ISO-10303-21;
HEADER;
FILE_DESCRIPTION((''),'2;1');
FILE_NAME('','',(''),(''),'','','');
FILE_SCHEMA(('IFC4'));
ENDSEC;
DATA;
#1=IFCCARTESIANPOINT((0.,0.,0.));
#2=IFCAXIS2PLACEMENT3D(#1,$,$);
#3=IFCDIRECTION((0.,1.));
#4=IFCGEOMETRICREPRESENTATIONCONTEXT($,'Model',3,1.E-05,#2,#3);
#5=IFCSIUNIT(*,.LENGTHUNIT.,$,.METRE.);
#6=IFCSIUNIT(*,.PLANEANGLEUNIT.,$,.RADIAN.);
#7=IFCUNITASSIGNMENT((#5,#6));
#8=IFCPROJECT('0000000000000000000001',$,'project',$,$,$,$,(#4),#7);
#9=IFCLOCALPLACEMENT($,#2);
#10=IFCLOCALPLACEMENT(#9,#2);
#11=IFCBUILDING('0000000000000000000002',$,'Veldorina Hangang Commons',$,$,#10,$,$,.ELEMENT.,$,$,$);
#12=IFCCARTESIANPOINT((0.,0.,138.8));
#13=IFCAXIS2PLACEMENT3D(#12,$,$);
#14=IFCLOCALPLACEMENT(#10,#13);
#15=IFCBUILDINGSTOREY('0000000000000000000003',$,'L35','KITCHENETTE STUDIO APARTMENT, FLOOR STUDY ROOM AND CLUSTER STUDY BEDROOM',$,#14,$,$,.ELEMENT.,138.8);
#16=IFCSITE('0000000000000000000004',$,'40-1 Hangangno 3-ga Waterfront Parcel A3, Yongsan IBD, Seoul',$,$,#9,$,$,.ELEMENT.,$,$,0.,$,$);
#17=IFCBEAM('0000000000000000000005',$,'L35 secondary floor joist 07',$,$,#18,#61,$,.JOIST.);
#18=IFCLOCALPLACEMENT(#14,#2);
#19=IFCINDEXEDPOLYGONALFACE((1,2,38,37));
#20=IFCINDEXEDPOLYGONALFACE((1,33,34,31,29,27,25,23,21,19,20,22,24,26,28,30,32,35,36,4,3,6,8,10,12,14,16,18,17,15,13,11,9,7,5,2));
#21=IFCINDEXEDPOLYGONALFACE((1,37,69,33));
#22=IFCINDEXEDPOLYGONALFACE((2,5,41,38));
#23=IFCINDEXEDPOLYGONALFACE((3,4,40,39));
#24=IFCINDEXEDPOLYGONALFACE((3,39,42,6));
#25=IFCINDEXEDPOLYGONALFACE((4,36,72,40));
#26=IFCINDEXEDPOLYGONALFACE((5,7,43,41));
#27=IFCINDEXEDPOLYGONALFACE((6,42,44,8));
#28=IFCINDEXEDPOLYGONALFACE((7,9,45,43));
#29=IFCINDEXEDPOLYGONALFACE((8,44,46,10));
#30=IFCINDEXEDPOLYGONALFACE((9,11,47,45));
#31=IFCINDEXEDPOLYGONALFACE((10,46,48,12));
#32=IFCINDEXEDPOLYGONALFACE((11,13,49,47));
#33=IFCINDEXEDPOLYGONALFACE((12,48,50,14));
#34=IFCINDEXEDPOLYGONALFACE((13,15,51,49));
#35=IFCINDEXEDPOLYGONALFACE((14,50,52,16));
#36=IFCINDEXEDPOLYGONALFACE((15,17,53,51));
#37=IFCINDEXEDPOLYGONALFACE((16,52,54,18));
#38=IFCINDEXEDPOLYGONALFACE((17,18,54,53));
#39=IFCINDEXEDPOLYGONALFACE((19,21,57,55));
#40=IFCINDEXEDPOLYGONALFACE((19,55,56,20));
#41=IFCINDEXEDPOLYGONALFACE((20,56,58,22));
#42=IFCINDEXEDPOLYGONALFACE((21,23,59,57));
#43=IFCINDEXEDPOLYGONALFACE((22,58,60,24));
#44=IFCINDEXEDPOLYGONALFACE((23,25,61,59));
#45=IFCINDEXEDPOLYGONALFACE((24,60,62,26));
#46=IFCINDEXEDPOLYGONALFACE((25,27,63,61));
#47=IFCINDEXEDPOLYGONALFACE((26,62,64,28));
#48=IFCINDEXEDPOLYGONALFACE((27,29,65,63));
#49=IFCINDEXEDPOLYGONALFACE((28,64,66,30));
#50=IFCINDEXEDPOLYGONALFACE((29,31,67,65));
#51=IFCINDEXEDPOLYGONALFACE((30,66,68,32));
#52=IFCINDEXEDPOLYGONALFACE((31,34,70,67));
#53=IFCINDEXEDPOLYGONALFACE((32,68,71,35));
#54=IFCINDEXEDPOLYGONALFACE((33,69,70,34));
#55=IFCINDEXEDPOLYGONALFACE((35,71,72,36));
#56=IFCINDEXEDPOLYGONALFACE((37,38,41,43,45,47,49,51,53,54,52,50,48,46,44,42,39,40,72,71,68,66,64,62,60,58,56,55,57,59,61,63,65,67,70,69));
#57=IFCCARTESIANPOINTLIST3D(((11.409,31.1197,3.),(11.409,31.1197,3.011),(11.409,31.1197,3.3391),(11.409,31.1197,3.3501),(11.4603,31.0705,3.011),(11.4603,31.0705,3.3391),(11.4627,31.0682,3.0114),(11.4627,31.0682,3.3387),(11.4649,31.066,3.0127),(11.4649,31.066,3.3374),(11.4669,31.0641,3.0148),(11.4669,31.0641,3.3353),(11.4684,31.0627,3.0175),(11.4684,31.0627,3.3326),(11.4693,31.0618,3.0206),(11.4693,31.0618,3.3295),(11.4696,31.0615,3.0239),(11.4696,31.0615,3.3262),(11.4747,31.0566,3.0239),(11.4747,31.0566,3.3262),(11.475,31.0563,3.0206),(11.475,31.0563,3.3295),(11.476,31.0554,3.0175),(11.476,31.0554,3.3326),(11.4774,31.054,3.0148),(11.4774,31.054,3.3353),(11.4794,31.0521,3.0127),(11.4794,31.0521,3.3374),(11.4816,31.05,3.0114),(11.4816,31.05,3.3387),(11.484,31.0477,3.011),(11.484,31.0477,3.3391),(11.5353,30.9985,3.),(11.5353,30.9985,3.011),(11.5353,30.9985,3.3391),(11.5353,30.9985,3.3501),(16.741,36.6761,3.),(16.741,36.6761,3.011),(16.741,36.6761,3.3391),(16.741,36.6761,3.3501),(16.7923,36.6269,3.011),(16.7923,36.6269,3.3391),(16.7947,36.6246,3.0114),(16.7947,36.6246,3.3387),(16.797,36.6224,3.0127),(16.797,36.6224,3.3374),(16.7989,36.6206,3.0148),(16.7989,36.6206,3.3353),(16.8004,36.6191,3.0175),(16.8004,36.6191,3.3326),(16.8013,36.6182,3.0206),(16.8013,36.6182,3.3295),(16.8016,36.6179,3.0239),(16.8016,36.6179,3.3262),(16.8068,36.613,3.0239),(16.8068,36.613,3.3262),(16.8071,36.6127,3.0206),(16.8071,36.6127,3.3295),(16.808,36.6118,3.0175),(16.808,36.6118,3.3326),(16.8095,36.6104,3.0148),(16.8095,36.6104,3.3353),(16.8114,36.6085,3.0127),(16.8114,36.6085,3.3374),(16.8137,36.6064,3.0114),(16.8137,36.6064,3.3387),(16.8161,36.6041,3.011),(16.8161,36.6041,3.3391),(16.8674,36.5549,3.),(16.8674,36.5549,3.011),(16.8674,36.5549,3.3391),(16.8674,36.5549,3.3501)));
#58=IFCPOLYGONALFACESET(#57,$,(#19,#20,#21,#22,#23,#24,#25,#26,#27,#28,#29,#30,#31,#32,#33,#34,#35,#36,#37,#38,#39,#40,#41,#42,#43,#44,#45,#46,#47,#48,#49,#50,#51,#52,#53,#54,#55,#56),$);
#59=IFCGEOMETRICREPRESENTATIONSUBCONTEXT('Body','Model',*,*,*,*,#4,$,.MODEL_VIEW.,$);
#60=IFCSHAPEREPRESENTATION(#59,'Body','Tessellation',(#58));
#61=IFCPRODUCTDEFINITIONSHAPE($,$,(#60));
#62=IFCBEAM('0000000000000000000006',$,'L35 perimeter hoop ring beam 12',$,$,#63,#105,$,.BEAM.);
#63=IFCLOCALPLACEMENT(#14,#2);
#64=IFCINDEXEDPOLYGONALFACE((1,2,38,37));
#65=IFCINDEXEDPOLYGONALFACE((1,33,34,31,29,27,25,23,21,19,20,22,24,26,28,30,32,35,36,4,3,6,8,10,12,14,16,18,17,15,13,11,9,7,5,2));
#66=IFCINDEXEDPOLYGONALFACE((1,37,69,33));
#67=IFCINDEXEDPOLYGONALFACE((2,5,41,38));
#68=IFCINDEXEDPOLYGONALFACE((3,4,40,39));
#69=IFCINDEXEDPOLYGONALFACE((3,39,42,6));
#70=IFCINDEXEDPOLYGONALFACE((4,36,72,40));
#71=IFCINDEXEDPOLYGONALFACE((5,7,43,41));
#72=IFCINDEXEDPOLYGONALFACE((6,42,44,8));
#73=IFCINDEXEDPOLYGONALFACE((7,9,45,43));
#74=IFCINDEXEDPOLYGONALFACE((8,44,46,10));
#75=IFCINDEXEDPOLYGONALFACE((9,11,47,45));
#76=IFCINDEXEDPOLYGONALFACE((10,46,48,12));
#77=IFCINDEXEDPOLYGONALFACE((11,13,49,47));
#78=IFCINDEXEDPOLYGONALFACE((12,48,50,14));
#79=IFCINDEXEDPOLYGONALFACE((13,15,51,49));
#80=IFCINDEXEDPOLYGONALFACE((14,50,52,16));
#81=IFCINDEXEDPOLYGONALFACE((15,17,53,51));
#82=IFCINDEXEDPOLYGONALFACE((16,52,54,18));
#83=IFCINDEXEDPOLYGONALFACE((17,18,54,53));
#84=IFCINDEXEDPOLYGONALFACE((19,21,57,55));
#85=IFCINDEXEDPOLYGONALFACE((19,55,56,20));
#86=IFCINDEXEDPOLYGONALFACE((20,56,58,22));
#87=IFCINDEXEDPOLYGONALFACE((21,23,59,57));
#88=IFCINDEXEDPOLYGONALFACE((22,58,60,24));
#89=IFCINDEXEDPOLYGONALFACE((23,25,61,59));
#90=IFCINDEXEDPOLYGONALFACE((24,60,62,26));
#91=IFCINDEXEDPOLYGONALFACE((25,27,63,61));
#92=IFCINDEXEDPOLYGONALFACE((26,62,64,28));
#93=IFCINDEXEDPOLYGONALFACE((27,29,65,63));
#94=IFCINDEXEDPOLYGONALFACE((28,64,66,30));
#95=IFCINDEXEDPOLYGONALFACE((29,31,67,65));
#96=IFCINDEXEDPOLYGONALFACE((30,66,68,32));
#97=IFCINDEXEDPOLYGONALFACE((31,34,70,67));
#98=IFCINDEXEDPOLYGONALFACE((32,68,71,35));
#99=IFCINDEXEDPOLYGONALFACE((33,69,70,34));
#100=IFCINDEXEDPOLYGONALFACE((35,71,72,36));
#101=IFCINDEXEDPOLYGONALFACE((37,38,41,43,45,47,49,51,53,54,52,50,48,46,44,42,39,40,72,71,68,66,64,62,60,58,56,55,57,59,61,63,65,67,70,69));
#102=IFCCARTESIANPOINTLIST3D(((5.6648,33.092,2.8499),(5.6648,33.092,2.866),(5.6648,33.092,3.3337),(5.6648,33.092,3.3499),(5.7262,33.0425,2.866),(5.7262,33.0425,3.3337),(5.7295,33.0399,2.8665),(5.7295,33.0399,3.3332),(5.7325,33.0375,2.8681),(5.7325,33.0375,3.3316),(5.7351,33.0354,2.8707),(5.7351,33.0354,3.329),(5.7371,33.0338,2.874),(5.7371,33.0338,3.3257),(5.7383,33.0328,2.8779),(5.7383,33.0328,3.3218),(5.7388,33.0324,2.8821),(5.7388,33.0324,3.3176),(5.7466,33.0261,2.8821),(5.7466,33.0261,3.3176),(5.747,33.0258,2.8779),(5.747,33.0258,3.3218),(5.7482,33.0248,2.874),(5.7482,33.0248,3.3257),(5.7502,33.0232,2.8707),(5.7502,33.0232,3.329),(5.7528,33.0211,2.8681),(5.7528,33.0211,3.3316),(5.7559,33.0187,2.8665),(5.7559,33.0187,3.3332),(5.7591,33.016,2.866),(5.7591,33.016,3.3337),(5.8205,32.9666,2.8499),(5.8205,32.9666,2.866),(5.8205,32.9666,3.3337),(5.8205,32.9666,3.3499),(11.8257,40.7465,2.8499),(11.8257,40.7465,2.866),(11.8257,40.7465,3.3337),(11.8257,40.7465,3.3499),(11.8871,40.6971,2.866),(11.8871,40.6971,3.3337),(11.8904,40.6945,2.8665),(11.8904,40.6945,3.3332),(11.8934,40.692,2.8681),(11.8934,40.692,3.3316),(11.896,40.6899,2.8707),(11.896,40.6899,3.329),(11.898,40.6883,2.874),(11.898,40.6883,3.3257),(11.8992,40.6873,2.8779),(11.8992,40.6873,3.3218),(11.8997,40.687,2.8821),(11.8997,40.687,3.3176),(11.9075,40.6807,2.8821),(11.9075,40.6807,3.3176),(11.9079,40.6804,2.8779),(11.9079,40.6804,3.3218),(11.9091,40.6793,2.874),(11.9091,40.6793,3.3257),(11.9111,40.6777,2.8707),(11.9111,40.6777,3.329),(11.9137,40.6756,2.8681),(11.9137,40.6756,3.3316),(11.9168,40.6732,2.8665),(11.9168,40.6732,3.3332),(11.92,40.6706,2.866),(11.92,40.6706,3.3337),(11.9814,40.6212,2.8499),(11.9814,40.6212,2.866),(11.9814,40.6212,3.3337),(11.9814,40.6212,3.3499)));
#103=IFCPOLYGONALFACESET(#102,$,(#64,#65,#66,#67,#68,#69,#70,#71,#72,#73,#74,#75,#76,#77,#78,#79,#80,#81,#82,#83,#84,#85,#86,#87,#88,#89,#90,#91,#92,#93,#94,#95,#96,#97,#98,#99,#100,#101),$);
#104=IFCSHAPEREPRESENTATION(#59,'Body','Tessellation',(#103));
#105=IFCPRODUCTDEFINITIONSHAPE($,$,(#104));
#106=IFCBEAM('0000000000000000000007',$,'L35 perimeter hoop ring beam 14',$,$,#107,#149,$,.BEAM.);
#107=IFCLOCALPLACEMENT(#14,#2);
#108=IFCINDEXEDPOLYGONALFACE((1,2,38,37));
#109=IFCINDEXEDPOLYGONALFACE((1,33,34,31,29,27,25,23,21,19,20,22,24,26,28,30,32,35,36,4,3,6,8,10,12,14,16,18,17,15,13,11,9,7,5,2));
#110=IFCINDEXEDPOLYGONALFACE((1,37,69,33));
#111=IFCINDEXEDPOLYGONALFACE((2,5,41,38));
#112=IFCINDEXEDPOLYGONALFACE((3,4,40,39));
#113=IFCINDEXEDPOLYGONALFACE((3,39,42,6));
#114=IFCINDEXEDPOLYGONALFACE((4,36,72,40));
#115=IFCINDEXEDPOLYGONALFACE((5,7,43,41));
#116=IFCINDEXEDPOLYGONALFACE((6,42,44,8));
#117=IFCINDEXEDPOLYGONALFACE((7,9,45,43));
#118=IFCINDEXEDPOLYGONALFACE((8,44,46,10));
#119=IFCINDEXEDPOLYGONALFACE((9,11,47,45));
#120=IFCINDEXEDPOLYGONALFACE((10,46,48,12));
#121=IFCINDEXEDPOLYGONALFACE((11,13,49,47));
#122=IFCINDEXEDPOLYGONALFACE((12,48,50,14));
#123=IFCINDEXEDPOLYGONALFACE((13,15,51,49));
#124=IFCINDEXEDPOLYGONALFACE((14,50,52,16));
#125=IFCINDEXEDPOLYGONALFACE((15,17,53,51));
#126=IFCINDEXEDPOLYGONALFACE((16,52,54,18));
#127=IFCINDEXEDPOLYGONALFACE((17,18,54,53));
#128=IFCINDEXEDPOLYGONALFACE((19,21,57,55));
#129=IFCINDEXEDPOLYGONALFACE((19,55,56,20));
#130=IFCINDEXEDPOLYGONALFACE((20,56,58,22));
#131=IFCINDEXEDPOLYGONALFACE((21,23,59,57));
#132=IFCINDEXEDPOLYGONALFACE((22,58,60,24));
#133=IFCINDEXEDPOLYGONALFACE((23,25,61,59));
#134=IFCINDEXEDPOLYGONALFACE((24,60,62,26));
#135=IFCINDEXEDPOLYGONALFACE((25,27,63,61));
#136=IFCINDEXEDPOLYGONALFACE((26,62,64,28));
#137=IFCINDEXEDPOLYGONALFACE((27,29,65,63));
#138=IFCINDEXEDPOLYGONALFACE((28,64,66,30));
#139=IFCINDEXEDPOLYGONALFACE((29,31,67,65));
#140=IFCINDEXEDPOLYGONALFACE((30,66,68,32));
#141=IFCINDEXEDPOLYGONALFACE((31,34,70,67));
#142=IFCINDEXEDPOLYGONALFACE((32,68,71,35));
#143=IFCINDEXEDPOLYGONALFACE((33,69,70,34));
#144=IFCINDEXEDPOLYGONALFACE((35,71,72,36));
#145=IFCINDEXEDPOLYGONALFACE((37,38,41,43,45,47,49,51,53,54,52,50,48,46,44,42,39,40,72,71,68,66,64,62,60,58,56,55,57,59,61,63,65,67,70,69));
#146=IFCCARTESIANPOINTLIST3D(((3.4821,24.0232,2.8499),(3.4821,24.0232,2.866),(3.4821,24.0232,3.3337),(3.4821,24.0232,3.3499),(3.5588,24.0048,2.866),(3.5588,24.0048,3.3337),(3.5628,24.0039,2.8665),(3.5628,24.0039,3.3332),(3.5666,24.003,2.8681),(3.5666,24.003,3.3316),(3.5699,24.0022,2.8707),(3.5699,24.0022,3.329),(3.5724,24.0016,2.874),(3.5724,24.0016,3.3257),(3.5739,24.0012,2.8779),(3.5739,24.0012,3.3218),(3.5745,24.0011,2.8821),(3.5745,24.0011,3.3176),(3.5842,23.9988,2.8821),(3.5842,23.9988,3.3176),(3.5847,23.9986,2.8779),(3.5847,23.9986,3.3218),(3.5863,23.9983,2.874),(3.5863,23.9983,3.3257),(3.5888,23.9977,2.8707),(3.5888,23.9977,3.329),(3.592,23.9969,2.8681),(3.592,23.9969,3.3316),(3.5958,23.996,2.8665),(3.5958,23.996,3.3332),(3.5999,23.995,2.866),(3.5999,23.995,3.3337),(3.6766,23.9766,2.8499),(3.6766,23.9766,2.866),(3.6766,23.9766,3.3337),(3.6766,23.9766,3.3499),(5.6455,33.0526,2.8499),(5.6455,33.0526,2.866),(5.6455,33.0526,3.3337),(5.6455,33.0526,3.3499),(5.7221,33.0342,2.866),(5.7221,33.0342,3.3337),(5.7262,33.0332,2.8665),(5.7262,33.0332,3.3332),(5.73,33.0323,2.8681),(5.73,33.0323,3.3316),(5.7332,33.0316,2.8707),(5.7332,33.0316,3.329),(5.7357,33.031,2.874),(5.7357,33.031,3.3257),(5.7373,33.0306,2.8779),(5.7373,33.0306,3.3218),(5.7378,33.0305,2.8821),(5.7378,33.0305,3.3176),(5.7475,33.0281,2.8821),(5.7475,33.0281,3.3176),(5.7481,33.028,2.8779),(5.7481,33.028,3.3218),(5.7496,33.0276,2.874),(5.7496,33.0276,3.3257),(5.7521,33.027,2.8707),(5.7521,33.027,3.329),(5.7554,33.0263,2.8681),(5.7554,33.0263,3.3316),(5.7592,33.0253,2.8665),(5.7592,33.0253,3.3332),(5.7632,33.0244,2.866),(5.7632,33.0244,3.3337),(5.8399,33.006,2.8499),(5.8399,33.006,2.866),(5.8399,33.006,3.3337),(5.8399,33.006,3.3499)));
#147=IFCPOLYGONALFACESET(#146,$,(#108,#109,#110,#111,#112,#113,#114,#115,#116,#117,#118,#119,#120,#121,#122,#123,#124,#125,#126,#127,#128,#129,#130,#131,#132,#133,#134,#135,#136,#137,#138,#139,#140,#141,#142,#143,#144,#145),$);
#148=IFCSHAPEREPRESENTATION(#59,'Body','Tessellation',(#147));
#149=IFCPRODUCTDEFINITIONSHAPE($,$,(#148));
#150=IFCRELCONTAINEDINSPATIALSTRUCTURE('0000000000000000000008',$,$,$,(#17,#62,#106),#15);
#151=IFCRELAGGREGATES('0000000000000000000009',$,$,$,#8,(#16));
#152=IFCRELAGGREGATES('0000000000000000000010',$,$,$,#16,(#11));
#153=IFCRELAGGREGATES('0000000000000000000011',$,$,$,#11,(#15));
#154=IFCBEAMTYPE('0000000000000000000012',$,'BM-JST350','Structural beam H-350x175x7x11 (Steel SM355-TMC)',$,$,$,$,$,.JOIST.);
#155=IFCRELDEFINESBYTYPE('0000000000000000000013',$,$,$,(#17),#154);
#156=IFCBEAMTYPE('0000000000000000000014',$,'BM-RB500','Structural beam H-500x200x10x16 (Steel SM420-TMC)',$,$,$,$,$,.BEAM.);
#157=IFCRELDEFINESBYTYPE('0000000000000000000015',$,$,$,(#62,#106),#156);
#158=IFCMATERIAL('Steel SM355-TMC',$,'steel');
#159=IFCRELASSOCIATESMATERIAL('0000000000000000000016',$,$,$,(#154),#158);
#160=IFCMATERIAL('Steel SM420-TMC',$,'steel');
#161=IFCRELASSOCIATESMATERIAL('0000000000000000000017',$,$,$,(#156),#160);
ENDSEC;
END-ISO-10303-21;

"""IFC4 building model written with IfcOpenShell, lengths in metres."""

from ifc_helpers import new_model, si_unit, direction, frame, origin, origin_2d, place, context, subcontext, project, spatial, i_section, extrude, material, material_profile, profile_set, type_object, element, save


model = new_model("IFC4")

# Units and contexts
model_context = context("Model", 3, precision=1e-05, world=origin(), true_north=direction((0.0, 1.0)))
body_context = subcontext(model_context, "Body", "Model", "MODEL_VIEW")
ifc_project = project(units=[si_unit("LENGTHUNIT", "METRE"), si_unit("PLANEANGLEUNIT", "RADIAN")], contexts=[model_context])

# Site, building, storey
site_placement = place(None, origin())
site = spatial("IfcSite", under=ifc_project, at=site_placement, Name="40-1 Hangangno 3-ga Waterfront Parcel A3, Yongsan IBD, Seoul", CompositionType="ELEMENT", RefElevation=0.0)
building_placement = place(site_placement, origin())
building = spatial("IfcBuilding", under=site, at=building_placement, Name="Veldorina Hangang Commons", CompositionType="ELEMENT")
storey_placement = place(building_placement, frame((0.0, 0.0, 138.8)))
storey = spatial("IfcBuildingStorey", under=building, at=storey_placement, Name="L35", Description="KITCHENETTE STUDIO APARTMENT, FLOOR STUDY ROOM AND CLUSTER STUDY BEDROOM", CompositionType="ELEMENT", Elevation=138.8)

# Beams
ifc_material_1 = material(Name="Steel SM355-TMC", Category="steel")
ifc_material_profile_1 = material_profile(ifc_material_1, i_section(OverallWidth=0.175, OverallDepth=0.3501, WebThickness=0.0071, FlangeThickness=0.011, FilletRadius=0.0129, at=origin_2d()), Name="H-350x175x7x11")
ifc_profile_set_1 = profile_set([ifc_material_profile_1], Name="Steel SM355-TMC")
beam_type_1 = type_object("IfcBeamType", Name="BM-JST350", Description="Structural beam H-350x175x7x11 (Steel SM355-TMC)", PredefinedType="JOIST", material=ifc_profile_set_1)
beam_1_placement = place(storey_placement, frame((16.8042, 36.6155, 3.175), z_axis=(-0.692389, -0.721524, 0.0), x_axis=(0.721524, -0.692389, 0.0)))
element("IfcBeam", 1, at=beam_1_placement, inside=storey, type_object=beam_type_1, Name="L35 secondary floor joist 07", PredefinedType="JOIST", context=body_context, shape_type="SweptSolid", body=[
    extrude(i_section(OverallWidth=0.175, OverallDepth=0.3501, WebThickness=0.0071, FlangeThickness=0.011, FilletRadius=0.0129, at=origin_2d()), origin(), (0.0, 0.0, 1.0), 7.7009),
])
ifc_material_2 = material(Name="Steel SM420-TMC", Category="steel")
ifc_material_profile_2 = material_profile(ifc_material_2, i_section(OverallWidth=0.2, OverallDepth=0.5, WebThickness=0.01, FlangeThickness=0.0161, FilletRadius=0.0161, at=origin_2d()), Name="H-500x200x10x16")
ifc_profile_set_2 = profile_set([ifc_material_profile_2], Name="Steel SM420-TMC")
beam_type_2 = type_object("IfcBeamType", Name="BM-RB500", Description="Structural beam H-500x200x10x16 (Steel SM420-TMC)", PredefinedType="BEAM", material=ifc_profile_set_2)
beam_2_placement = place(storey_placement, frame((11.9036, 40.6838, 3.0999), z_axis=(-0.627004, -0.779016, 0.0), x_axis=(0.779016, -0.627004, 0.0)))
element("IfcBeam", 2, at=beam_2_placement, inside=storey, type_object=beam_type_2, Name="L35 perimeter hoop ring beam 12", PredefinedType="BEAM", context=body_context, shape_type="SweptSolid", body=[
    extrude(i_section(OverallWidth=0.2, OverallDepth=0.5, WebThickness=0.01, FlangeThickness=0.0161, FilletRadius=0.0161, at=origin_2d()), origin(), (0.0, 0.0, 1.0), 9.8259),
])
beam_3_placement = place(storey_placement, frame((5.7427, 33.0293, 3.0999), z_axis=(-0.232996, -0.972478, 0.0), x_axis=(0.972478, -0.232996, 0.0)))
element("IfcBeam", 3, at=beam_3_placement, inside=storey, type_object=beam_type_2, Name="L35 perimeter hoop ring beam 14", PredefinedType="BEAM", context=body_context, shape_type="SweptSolid", body=[
    extrude(i_section(OverallWidth=0.2, OverallDepth=0.5, WebThickness=0.01, FlangeThickness=0.0161, FilletRadius=0.0161, at=origin_2d()), origin(), (0.0, 0.0, 1.0), 9.2849),
])

save(model, "model.ifc")
